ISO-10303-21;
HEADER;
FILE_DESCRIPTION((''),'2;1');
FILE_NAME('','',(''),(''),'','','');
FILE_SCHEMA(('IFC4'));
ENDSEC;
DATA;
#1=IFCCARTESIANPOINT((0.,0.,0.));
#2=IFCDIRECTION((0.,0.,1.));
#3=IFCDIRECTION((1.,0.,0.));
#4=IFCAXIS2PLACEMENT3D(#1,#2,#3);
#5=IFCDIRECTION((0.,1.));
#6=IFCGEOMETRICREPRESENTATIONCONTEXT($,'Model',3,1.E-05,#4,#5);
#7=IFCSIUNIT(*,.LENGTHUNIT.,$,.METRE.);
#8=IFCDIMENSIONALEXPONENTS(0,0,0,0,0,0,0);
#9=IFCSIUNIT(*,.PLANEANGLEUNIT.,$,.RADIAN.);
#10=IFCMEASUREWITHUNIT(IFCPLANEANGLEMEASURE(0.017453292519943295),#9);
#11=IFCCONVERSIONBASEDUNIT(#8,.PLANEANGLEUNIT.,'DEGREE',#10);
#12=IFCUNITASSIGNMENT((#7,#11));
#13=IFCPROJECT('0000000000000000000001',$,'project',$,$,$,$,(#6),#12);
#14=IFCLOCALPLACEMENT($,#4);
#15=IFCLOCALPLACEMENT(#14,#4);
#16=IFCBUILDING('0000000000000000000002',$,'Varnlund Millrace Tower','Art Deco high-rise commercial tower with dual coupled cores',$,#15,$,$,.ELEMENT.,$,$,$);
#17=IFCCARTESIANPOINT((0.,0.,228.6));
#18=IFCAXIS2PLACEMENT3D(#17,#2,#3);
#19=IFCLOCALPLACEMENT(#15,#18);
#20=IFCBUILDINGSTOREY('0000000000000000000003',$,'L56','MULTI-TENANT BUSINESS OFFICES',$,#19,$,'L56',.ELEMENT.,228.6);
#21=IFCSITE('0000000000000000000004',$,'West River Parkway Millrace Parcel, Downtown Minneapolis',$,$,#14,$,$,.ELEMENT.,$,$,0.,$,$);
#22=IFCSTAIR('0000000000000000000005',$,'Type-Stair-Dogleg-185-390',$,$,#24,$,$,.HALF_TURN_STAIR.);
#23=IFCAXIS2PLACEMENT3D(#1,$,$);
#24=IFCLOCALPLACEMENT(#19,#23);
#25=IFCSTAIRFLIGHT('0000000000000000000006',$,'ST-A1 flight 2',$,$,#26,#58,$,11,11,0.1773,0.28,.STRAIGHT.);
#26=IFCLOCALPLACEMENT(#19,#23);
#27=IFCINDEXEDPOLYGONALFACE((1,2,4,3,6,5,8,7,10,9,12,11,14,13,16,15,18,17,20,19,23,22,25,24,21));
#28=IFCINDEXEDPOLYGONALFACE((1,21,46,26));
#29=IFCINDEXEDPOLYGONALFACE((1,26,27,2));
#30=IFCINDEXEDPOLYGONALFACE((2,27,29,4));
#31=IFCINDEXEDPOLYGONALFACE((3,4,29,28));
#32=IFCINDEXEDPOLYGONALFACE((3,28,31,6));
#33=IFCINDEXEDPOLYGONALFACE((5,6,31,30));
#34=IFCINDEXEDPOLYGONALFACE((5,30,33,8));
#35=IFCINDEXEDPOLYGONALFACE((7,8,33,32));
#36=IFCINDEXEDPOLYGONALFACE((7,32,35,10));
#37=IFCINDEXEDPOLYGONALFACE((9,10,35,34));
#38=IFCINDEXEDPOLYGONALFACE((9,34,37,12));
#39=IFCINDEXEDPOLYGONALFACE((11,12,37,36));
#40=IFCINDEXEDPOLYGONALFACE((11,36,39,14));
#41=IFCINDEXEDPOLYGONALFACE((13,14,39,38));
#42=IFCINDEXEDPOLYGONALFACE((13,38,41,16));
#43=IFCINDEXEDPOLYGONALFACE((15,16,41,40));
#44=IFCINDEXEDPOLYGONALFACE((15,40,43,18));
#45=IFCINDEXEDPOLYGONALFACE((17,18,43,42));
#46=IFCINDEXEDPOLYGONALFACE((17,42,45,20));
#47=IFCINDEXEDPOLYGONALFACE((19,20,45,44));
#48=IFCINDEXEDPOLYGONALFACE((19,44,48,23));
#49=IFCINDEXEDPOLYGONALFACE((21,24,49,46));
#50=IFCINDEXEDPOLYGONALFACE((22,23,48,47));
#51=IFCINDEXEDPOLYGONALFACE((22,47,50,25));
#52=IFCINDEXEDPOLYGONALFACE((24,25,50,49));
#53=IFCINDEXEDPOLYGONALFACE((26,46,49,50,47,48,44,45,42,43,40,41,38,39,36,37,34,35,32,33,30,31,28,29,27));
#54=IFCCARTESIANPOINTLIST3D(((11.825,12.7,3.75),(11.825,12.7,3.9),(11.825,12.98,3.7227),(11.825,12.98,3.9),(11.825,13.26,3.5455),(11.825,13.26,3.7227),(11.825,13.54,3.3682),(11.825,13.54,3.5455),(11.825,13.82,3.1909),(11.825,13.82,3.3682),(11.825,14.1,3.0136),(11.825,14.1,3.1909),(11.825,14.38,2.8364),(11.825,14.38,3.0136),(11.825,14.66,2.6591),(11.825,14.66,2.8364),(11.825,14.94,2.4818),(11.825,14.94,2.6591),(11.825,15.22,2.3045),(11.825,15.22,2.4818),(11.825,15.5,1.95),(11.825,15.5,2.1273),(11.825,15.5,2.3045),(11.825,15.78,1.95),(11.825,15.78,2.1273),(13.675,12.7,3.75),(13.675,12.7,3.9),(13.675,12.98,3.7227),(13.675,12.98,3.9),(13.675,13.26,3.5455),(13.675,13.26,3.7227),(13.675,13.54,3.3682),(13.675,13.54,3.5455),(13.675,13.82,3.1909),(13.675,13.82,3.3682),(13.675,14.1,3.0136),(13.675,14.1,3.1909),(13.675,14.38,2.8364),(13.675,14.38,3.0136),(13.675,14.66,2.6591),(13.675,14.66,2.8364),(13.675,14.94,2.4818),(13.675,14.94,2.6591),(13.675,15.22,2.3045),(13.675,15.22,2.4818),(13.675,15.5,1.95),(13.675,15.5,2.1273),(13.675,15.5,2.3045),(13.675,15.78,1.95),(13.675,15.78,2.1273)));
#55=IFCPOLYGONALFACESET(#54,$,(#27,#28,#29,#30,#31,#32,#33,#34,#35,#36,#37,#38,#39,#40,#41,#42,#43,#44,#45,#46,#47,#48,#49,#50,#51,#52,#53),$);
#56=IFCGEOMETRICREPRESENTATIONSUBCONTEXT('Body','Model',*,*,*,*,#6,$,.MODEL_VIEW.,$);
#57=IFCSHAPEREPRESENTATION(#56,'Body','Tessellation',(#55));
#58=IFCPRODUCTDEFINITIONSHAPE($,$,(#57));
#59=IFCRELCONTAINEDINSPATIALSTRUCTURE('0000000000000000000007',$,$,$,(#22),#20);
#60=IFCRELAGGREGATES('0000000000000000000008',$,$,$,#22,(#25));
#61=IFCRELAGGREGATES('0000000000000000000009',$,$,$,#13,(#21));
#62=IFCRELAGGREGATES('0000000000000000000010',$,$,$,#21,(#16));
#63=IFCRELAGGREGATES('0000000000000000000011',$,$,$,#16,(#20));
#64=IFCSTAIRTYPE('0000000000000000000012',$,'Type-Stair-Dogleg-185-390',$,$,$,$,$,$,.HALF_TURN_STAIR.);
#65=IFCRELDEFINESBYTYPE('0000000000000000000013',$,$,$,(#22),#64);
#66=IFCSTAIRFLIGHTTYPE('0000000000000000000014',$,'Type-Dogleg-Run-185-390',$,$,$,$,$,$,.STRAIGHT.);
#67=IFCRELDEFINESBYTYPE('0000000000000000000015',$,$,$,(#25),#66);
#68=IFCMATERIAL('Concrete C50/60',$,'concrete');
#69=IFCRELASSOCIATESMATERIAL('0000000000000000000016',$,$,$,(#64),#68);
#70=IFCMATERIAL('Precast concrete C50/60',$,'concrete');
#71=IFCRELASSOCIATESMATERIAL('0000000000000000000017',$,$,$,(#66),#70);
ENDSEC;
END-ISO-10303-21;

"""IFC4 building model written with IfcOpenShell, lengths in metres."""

from ifc_helpers import new_model, entity, si_unit, converted_unit, direction, frame, origin_with_axes, place, context, subcontext, project, spatial, polyline, outline, extrude, material, type_object, element, aggregate, save


model = new_model("IFC4")

# Units and contexts
model_context = context("Model", 3, precision=1e-05, world=origin_with_axes(), true_north=direction((0.0, 1.0)))
body_context = subcontext(model_context, "Body", "Model", "MODEL_VIEW")
ifc_project = project(units=[si_unit("LENGTHUNIT", "METRE"), converted_unit("PLANEANGLEUNIT", "DEGREE", entity("IfcPlaneAngleMeasure", 0.017453292519943295), si_unit("PLANEANGLEUNIT", "RADIAN"), dimensions=[0, 0, 0, 0, 0, 0, 0])], contexts=[model_context])

# Site, building, storey
site_placement = place(None, origin_with_axes())
site = spatial("IfcSite", under=ifc_project, at=site_placement, Name="West River Parkway Millrace Parcel, Downtown Minneapolis", CompositionType="ELEMENT", RefElevation=0.0)
building_placement = place(site_placement, origin_with_axes())
building = spatial("IfcBuilding", under=site, at=building_placement, Name="Varnlund Millrace Tower", Description="Art Deco high-rise commercial tower with dual coupled cores", CompositionType="ELEMENT")
storey_placement = place(building_placement, frame((0.0, 0.0, 228.6), z_axis=(0.0, 0.0, 1.0), x_axis=(1.0, 0.0, 0.0)))
storey = spatial("IfcBuildingStorey", under=building, at=storey_placement, Name="L56", Description="MULTI-TENANT BUSINESS OFFICES", LongName="L56", CompositionType="ELEMENT", Elevation=228.6)

# Stair, stair flight
ifc_material_1 = material(Name="Concrete C50/60", Category="concrete")
stair_type = type_object("IfcStairType", Name="Type-Stair-Dogleg-185-390", PredefinedType="HALF_TURN_STAIR", material=ifc_material_1)
stair_placement = place(storey_placement, origin_with_axes())
stair = element("IfcStair", 1, at=stair_placement, inside=storey, type_object=stair_type, Name="Type-Stair-Dogleg-185-390", PredefinedType="HALF_TURN_STAIR")
ifc_material_2 = material(Name="Precast concrete C50/60", Category="concrete")
stair_flight_type = type_object("IfcStairFlightType", Name="Type-Dogleg-Run-185-390", PredefinedType="STRAIGHT", material=ifc_material_2)
stair_flight_placement = place(storey_placement, frame((13.675, 15.78, 1.95), z_axis=(-1.0, 0.0, 0.0), x_axis=(0.0, -1.0, 0.0)))
stair_flight = element("IfcStairFlight", 2, at=stair_flight_placement, type_object=stair_flight_type, Name="ST-A1 flight 2", NumberOfRisers=11, NumberOfTreads=11, PredefinedType="STRAIGHT", RiserHeight=0.1773, TreadLength=0.28, context=body_context, shape_type="SweptSolid", body=[
    extrude(outline(polyline([(0.0, 0.0), (0.0, 0.1773), (0.28, 0.1773), (0.28, 0.3545), (0.56, 0.3545), (0.56, 0.5318), (0.84, 0.5318), (0.84, 0.7091), (1.12, 0.7091), (1.12, 0.8864), (1.4, 0.8864), (1.4, 1.0636), (1.68, 1.0636), (1.68, 1.2409), (1.96, 1.2409), (1.96, 1.4182), (2.24, 1.4182), (2.24, 1.5955), (2.52, 1.5955), (2.52, 1.7727), (2.8, 1.7727), (2.8, 1.95), (3.08, 1.95), (3.08, 1.8), (0.28, 0.0), (0.0, 0.0)])), origin_with_axes(), (0.0, 0.0, 1.0), 1.85),
])
aggregate(stair, [stair_flight])

save(model, "model.ifc")
